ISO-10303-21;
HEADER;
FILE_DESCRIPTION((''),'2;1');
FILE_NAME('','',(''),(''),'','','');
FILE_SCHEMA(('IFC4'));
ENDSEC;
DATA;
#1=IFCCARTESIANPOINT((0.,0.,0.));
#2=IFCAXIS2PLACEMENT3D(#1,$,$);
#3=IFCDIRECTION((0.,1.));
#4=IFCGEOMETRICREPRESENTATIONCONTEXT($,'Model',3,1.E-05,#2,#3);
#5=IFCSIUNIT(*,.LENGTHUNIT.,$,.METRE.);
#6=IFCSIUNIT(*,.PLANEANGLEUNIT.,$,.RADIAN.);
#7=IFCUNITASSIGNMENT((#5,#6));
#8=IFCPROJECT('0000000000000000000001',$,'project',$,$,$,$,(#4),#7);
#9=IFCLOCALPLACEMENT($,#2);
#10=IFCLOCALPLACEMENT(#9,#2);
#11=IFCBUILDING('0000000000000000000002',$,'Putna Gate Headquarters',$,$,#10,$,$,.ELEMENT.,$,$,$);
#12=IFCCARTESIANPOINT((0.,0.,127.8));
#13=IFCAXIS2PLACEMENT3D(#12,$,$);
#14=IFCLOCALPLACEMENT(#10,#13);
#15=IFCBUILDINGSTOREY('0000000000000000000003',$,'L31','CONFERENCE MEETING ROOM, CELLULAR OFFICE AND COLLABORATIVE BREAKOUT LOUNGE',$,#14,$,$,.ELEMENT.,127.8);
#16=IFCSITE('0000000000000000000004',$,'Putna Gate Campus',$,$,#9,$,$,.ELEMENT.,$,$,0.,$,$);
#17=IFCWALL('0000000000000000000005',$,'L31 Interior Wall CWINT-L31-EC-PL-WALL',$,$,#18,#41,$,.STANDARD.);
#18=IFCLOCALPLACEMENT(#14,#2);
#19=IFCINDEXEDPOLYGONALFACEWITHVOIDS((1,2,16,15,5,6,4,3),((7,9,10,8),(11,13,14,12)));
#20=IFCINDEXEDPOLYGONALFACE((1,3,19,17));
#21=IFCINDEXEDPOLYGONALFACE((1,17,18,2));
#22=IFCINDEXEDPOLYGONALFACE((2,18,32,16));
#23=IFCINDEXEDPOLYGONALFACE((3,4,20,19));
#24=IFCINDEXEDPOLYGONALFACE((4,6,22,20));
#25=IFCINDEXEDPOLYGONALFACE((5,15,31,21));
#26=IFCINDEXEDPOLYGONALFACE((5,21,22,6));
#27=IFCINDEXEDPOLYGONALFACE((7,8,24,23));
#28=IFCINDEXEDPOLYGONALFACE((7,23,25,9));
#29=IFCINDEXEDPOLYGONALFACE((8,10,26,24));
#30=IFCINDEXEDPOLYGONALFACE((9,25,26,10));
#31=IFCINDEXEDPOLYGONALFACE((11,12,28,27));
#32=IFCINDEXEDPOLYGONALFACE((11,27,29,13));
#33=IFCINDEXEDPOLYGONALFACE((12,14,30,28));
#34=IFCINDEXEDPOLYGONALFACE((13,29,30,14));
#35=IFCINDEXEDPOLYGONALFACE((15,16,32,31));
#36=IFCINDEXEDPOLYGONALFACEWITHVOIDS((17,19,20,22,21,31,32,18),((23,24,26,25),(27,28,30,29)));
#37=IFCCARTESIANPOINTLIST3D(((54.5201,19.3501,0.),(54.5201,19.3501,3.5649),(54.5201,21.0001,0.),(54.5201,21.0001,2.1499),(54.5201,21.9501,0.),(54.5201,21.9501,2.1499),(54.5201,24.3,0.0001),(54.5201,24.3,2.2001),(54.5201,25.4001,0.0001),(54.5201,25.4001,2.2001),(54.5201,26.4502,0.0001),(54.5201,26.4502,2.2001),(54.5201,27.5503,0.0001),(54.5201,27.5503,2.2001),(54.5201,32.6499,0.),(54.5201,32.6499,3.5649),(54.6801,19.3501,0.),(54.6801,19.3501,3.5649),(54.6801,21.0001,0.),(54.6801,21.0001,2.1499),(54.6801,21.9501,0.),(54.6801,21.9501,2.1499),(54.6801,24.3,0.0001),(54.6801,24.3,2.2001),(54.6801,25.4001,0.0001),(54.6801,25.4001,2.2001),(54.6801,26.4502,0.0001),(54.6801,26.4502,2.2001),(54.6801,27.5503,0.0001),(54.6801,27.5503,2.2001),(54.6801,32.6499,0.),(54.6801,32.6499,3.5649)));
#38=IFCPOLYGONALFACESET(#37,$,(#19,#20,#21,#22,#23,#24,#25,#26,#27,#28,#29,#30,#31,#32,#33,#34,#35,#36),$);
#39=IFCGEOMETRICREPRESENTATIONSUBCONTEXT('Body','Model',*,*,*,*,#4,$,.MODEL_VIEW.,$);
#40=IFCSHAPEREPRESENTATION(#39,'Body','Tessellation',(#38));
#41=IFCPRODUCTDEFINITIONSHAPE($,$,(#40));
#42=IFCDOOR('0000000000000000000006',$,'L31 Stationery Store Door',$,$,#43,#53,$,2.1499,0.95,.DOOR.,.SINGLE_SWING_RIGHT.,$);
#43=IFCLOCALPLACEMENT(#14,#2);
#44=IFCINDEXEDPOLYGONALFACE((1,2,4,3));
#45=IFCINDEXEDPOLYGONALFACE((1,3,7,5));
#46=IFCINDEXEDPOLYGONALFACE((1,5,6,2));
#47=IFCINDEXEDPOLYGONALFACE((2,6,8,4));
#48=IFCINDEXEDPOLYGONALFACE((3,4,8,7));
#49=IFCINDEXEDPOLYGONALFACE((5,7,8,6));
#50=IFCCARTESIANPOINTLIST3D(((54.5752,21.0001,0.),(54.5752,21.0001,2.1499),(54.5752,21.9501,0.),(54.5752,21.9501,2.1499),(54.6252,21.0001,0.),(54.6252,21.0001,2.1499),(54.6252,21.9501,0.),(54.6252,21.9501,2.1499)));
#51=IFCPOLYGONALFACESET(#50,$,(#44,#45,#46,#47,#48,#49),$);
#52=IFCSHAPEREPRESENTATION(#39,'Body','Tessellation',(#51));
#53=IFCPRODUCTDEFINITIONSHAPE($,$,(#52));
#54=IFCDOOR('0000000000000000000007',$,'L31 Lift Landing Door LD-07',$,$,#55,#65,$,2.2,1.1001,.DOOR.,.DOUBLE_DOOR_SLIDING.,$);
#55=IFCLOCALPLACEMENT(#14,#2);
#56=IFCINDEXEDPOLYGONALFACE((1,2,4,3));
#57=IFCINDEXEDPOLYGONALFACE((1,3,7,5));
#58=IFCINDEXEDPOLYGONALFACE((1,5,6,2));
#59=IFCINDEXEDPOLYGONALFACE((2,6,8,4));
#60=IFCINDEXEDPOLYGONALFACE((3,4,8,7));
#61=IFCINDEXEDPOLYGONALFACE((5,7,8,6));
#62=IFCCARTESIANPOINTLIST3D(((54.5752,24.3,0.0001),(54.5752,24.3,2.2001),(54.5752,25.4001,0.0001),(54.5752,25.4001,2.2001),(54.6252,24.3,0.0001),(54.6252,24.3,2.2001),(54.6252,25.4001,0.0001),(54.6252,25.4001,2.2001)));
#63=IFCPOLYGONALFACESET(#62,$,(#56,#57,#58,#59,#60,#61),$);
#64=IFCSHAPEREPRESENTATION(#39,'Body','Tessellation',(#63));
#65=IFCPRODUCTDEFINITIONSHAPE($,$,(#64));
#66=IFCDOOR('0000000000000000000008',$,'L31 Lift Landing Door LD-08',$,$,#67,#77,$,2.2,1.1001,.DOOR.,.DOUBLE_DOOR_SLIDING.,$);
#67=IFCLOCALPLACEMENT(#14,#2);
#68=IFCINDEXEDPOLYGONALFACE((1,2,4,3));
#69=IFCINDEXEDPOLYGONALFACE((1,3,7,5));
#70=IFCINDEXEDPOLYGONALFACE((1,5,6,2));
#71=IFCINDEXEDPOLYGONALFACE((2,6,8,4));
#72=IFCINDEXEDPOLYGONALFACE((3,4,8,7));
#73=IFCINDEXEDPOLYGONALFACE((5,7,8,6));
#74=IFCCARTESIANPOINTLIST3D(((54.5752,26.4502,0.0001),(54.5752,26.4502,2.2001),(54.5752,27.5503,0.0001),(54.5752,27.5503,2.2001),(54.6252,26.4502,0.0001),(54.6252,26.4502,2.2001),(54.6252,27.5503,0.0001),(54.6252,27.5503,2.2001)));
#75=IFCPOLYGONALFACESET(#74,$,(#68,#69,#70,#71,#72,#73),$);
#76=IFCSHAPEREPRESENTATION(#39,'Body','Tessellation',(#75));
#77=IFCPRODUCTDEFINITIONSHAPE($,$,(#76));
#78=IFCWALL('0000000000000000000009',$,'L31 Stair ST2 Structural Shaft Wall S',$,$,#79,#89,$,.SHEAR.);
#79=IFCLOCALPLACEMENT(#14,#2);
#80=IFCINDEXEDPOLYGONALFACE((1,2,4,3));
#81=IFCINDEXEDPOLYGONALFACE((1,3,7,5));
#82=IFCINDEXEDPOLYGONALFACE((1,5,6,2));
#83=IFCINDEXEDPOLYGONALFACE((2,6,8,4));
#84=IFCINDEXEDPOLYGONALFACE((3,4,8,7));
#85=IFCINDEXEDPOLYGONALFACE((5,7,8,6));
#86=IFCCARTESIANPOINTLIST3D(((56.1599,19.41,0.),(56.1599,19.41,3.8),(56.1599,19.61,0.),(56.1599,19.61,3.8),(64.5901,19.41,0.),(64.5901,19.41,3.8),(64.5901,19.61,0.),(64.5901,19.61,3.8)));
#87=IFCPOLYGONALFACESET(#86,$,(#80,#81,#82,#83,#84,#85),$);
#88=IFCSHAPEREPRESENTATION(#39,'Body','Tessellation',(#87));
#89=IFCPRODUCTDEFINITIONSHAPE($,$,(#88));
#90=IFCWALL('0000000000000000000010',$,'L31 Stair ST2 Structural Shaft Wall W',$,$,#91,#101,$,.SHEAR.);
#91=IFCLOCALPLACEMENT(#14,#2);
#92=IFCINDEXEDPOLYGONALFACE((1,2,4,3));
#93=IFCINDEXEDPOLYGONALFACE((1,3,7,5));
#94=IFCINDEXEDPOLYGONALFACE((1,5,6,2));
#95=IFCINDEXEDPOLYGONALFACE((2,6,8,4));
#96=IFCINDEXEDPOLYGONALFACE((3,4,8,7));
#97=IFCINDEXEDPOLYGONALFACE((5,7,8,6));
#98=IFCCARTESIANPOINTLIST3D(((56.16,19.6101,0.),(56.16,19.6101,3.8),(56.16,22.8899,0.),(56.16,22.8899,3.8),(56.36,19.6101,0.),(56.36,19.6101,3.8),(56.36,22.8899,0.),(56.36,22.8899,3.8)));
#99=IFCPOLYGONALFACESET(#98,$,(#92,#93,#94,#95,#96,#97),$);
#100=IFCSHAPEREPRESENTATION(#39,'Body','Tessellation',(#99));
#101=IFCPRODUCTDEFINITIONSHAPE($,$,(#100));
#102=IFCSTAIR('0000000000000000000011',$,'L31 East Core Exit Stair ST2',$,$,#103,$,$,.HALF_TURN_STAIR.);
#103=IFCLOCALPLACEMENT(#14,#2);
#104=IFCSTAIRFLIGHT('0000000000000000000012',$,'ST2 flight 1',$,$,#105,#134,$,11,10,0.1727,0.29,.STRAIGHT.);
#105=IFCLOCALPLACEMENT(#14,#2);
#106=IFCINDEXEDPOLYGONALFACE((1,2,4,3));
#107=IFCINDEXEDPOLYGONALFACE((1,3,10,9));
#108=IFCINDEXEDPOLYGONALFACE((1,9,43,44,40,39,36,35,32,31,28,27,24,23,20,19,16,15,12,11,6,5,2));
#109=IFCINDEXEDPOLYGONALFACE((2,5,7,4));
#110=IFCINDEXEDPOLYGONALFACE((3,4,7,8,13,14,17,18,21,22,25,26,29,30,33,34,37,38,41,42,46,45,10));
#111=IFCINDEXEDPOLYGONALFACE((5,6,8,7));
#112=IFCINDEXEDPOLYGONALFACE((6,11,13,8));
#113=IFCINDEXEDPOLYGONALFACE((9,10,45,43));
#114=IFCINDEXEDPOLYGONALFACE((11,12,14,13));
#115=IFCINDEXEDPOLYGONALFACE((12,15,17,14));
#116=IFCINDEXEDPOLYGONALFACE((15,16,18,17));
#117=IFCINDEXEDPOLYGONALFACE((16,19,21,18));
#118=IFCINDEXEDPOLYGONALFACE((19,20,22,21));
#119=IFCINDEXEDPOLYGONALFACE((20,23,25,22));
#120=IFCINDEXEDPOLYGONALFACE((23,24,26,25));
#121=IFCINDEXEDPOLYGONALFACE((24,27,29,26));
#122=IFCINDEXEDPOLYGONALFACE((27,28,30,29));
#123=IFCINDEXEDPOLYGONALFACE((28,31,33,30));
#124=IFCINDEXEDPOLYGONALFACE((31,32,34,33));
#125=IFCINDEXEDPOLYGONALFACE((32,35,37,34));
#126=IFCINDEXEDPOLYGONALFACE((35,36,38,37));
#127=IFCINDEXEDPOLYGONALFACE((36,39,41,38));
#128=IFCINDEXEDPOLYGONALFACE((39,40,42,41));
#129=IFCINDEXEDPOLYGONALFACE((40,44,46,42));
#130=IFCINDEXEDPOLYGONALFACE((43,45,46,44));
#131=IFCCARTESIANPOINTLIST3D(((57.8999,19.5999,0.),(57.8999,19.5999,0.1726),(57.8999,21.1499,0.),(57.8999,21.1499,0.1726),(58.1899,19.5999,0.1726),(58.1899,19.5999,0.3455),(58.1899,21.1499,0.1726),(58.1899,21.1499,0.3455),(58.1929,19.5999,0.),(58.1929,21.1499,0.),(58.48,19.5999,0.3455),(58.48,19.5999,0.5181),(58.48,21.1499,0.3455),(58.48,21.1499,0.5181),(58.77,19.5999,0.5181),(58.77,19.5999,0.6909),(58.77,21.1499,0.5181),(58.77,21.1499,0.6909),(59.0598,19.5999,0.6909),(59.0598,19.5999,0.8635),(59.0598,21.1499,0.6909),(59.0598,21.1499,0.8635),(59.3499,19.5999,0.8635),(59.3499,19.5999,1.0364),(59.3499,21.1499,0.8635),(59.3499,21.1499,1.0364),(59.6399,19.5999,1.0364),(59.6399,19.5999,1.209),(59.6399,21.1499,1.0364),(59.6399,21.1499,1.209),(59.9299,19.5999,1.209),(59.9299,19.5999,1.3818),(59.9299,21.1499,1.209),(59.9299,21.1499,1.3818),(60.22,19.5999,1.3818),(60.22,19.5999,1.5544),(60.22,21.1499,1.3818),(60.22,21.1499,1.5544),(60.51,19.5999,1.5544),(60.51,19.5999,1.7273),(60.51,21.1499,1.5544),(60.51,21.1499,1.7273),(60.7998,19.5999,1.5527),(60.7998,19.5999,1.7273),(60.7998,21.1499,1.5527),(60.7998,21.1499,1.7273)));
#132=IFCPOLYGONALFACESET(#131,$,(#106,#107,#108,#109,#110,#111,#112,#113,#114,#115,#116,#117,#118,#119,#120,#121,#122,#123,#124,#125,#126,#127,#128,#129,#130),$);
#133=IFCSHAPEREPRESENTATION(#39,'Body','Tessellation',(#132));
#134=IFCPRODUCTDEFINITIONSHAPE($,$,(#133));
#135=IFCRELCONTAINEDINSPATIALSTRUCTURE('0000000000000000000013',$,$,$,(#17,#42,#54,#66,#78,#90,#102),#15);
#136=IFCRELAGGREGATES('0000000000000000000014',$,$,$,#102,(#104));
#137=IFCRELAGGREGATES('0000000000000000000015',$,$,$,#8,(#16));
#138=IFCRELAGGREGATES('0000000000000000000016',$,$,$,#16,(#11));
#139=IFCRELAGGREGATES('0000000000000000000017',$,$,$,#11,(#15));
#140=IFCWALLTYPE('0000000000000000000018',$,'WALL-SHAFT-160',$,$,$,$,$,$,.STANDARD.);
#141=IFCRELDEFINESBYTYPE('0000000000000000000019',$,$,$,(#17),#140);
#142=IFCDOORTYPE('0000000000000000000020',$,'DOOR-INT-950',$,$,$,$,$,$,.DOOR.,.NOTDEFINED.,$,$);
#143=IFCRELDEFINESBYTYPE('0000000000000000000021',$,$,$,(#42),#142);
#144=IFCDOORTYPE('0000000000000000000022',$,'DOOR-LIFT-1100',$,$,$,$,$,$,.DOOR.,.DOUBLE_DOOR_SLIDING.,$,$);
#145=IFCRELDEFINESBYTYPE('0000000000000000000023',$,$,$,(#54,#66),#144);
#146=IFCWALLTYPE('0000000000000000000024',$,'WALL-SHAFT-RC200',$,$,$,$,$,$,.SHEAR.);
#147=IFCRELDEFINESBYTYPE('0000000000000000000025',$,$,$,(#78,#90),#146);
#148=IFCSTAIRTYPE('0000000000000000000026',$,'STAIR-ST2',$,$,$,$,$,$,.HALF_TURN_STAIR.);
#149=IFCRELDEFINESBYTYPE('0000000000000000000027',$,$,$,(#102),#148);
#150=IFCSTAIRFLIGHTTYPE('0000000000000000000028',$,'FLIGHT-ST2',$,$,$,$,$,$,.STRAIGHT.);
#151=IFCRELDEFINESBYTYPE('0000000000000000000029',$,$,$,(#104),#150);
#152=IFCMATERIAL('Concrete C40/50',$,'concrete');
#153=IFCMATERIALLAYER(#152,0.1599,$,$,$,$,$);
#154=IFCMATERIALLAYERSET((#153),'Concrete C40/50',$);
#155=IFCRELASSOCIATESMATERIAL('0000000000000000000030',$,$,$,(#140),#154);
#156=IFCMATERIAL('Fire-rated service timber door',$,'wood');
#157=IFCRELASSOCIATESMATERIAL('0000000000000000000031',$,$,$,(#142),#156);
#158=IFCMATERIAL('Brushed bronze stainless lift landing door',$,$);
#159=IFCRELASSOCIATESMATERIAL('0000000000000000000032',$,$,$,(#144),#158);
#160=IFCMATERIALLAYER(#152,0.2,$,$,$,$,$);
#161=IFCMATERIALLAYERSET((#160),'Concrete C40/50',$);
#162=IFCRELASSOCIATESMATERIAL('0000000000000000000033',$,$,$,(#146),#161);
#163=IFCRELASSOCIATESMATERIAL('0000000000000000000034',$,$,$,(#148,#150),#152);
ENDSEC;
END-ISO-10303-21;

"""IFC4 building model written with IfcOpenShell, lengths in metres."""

from ifc_helpers import new_model, si_unit, direction, frame, frame_2d, origin, place, context, subcontext, project, spatial, polyline, rectangle, outline, extrude, material, layer, layer_set, type_object, element, fill, aggregate, save


model = new_model("IFC4")

# Units and contexts
model_context = context("Model", 3, precision=1e-05, world=origin(), true_north=direction((0.0, 1.0)))
body_context = subcontext(model_context, "Body", "Model", "MODEL_VIEW")
ifc_project = project(units=[si_unit("LENGTHUNIT", "METRE"), si_unit("PLANEANGLEUNIT", "RADIAN")], contexts=[model_context])

# Site, building, storey
site_placement = place(None, origin())
site = spatial("IfcSite", under=ifc_project, at=site_placement, Name="Putna Gate Campus", CompositionType="ELEMENT", RefElevation=0.0)
building_placement = place(site_placement, origin())
building = spatial("IfcBuilding", under=site, at=building_placement, Name="Putna Gate Headquarters", CompositionType="ELEMENT")
storey_placement = place(building_placement, frame((0.0, 0.0, 127.8)))
storey = spatial("IfcBuildingStorey", under=building, at=storey_placement, Name="L31", Description="CONFERENCE MEETING ROOM, CELLULAR OFFICE AND COLLABORATIVE BREAKOUT LOUNGE", CompositionType="ELEMENT", Elevation=127.8)

# Wall, openings, doors
ifc_material_1 = material(Name="Concrete C40/50", Category="concrete")
ifc_layer_1 = layer(ifc_material_1, 0.1599)
ifc_layer_set_1 = layer_set([ifc_layer_1], Name="Concrete C40/50")
wall_type_1 = type_object("IfcWallType", Name="WALL-SHAFT-160", PredefinedType="STANDARD", material=ifc_layer_set_1)
wall_1_placement = place(storey_placement, frame((54.6001, 19.3501, 0.0), z_axis=(0.0, 0.0, 1.0), x_axis=(0.0, 1.0, 0.0)))
wall_1 = element("IfcWall", 1, at=wall_1_placement, inside=storey, type_object=wall_type_1, Name="L31 Interior Wall CWINT-L31-EC-PL-WALL", PredefinedType="STANDARD", context=body_context, shape_type="SweptSolid", body=[
    extrude(rectangle(XDim=13.2998, YDim=0.1599, at=frame_2d((6.6499, 0.0))), origin(), (0.0, 0.0, 1.0), 3.5649),
])
opening_1_placement = place(wall_1_placement, frame((1.6499, 0.0, 0.0)))
opening_1 = element("IfcOpeningElement", 2, at=opening_1_placement, cuts=wall_1, PredefinedType="OPENING", context=body_context, shape_type="SweptSolid", body=[
    extrude(rectangle(XDim=0.95, YDim=2.1499, at=frame_2d((0.4751, 1.075))), frame((0.0, 0.0898, 0.0), z_axis=(0.0, -1.0, 0.0), x_axis=(1.0, 0.0, 0.0)), (0.0, 0.0, 1.0), 0.1799),
])
opening_2_placement = place(wall_1_placement, frame((4.95, 0.0, 0.0)))
opening_2 = element("IfcOpeningElement", 3, at=opening_2_placement, cuts=wall_1, PredefinedType="OPENING", context=body_context, shape_type="SweptSolid", body=[
    extrude(rectangle(XDim=1.1001, YDim=2.2, at=frame_2d((0.55, 1.1001))), frame((0.0, 0.0898, 0.0), z_axis=(0.0, -1.0, 0.0), x_axis=(1.0, 0.0, 0.0)), (0.0, 0.0, 1.0), 0.1799),
])
opening_3_placement = place(wall_1_placement, frame((7.1001, 0.0, 0.0)))
opening_3 = element("IfcOpeningElement", 4, at=opening_3_placement, cuts=wall_1, PredefinedType="OPENING", context=body_context, shape_type="SweptSolid", body=[
    extrude(rectangle(XDim=1.1001, YDim=2.2, at=frame_2d((0.55, 1.1001))), frame((0.0, 0.0898, 0.0), z_axis=(0.0, -1.0, 0.0), x_axis=(1.0, 0.0, 0.0)), (0.0, 0.0, 1.0), 0.1799),
])
ifc_material_2 = material(Name="Fire-rated service timber door", Category="wood")
door_type_1 = type_object("IfcDoorType", Name="DOOR-INT-950", OperationType="NOTDEFINED", PredefinedType="DOOR", material=ifc_material_2)
door_1_placement = place(opening_1_placement, origin())
door_1 = element("IfcDoor", 5, at=door_1_placement, inside=storey, type_object=door_type_1, Name="L31 Stationery Store Door", OperationType="SINGLE_SWING_RIGHT", OverallHeight=2.1499, OverallWidth=0.95, PredefinedType="DOOR", context=body_context, shape_type="SweptSolid", body=[
    extrude(rectangle(XDim=0.95, YDim=2.1499, at=frame_2d((0.4751, 1.075))), frame((0.0, 0.0249, 0.0), z_axis=(0.0, -1.0, 0.0), x_axis=(1.0, 0.0, 0.0)), (0.0, 0.0, 1.0), 0.05),
])
fill(opening_1, door_1)
ifc_material_3 = material(Name="Brushed bronze stainless lift landing door")
door_type_2 = type_object("IfcDoorType", Name="DOOR-LIFT-1100", OperationType="DOUBLE_DOOR_SLIDING", PredefinedType="DOOR", material=ifc_material_3)
door_2_placement = place(opening_2_placement, origin())
door_2 = element("IfcDoor", 6, at=door_2_placement, inside=storey, type_object=door_type_2, Name="L31 Lift Landing Door LD-07", OperationType="DOUBLE_DOOR_SLIDING", OverallHeight=2.2, OverallWidth=1.1001, PredefinedType="DOOR", context=body_context, shape_type="SweptSolid", body=[
    extrude(rectangle(XDim=1.1001, YDim=2.2, at=frame_2d((0.55, 1.1001))), frame((0.0, 0.0249, 0.0), z_axis=(0.0, -1.0, 0.0), x_axis=(1.0, 0.0, 0.0)), (0.0, 0.0, 1.0), 0.05),
])
fill(opening_2, door_2)
door_3_placement = place(opening_3_placement, origin())
door_3 = element("IfcDoor", 7, at=door_3_placement, inside=storey, type_object=door_type_2, Name="L31 Lift Landing Door LD-08", OperationType="DOUBLE_DOOR_SLIDING", OverallHeight=2.2, OverallWidth=1.1001, PredefinedType="DOOR", context=body_context, shape_type="SweptSolid", body=[
    extrude(rectangle(XDim=1.1001, YDim=2.2, at=frame_2d((0.55, 1.1001))), frame((0.0, 0.0249, 0.0), z_axis=(0.0, -1.0, 0.0), x_axis=(1.0, 0.0, 0.0)), (0.0, 0.0, 1.0), 0.05),
])
fill(opening_3, door_3)

# Walls
ifc_layer_2 = layer(ifc_material_1, 0.2)
ifc_layer_set_2 = layer_set([ifc_layer_2], Name="Concrete C40/50")
wall_type_2 = type_object("IfcWallType", Name="WALL-SHAFT-RC200", PredefinedType="SHEAR", material=ifc_layer_set_2)
wall_2_placement = place(storey_placement, frame((56.1599, 19.51, 0.0), z_axis=(0.0, 0.0, 1.0), x_axis=(1.0, 0.0, 0.0)))
element("IfcWall", 8, at=wall_2_placement, inside=storey, type_object=wall_type_2, Name="L31 Stair ST2 Structural Shaft Wall S", PredefinedType="SHEAR", context=body_context, shape_type="SweptSolid", body=[
    extrude(rectangle(XDim=8.4302, YDim=0.2, at=frame_2d((4.2151, 0.0))), origin(), (0.0, 0.0, 1.0), 3.8),
])
wall_3_placement = place(storey_placement, frame((56.26, 19.6101, 0.0), z_axis=(0.0, 0.0, 1.0), x_axis=(0.0, 1.0, 0.0)))
element("IfcWall", 9, at=wall_3_placement, inside=storey, type_object=wall_type_2, Name="L31 Stair ST2 Structural Shaft Wall W", PredefinedType="SHEAR", context=body_context, shape_type="SweptSolid", body=[
    extrude(rectangle(XDim=3.2798, YDim=0.2, at=frame_2d((1.6399, 0.0))), origin(), (0.0, 0.0, 1.0), 3.8),
])

# Stair, stair flight
stair_type = type_object("IfcStairType", Name="STAIR-ST2", PredefinedType="HALF_TURN_STAIR", material=ifc_material_1)
stair_placement = place(storey_placement, origin())
stair = element("IfcStair", 10, at=stair_placement, inside=storey, type_object=stair_type, Name="L31 East Core Exit Stair ST2", PredefinedType="HALF_TURN_STAIR")
stair_flight_type = type_object("IfcStairFlightType", Name="FLIGHT-ST2", PredefinedType="STRAIGHT", material=ifc_material_1)
stair_flight_placement = place(storey_placement, frame((57.8999, 20.375, 0.0), z_axis=(0.0, 0.0, 1.0), x_axis=(1.0, 0.0, 0.0)))
stair_flight = element("IfcStairFlight", 11, at=stair_flight_placement, type_object=stair_flight_type, Name="ST2 flight 1", NumberOfRisers=11, NumberOfTreads=10, PredefinedType="STRAIGHT", RiserHeight=0.1727, TreadLength=0.29, context=body_context, shape_type="SweptSolid", body=[
    extrude(outline(polyline([(0.0, 0.0), (0.0, 0.1726), (0.29, 0.1726), (0.29, 0.3455), (0.5801, 0.3455), (0.5801, 0.5181), (0.8701, 0.5181), (0.8701, 0.6909), (1.1599, 0.6909), (1.1599, 0.8635), (1.45, 0.8635), (1.45, 1.0364), (1.74, 1.0364), (1.74, 1.209), (2.03, 1.209), (2.03, 1.3818), (2.3201, 1.3818), (2.3201, 1.5544), (2.6101, 1.5544), (2.6101, 1.7273), (2.8999, 1.7273), (2.8999, 1.8999), (2.8999, 1.5527), (0.293, 0.0), (0.0, 0.0)])), frame((0.0, 0.7749, 0.0), z_axis=(0.0, -1.0, 0.0), x_axis=(1.0, 0.0, 0.0)), (0.0, 0.0, 1.0), 1.55),
])
aggregate(stair, [stair_flight])

save(model, "model.ifc")
